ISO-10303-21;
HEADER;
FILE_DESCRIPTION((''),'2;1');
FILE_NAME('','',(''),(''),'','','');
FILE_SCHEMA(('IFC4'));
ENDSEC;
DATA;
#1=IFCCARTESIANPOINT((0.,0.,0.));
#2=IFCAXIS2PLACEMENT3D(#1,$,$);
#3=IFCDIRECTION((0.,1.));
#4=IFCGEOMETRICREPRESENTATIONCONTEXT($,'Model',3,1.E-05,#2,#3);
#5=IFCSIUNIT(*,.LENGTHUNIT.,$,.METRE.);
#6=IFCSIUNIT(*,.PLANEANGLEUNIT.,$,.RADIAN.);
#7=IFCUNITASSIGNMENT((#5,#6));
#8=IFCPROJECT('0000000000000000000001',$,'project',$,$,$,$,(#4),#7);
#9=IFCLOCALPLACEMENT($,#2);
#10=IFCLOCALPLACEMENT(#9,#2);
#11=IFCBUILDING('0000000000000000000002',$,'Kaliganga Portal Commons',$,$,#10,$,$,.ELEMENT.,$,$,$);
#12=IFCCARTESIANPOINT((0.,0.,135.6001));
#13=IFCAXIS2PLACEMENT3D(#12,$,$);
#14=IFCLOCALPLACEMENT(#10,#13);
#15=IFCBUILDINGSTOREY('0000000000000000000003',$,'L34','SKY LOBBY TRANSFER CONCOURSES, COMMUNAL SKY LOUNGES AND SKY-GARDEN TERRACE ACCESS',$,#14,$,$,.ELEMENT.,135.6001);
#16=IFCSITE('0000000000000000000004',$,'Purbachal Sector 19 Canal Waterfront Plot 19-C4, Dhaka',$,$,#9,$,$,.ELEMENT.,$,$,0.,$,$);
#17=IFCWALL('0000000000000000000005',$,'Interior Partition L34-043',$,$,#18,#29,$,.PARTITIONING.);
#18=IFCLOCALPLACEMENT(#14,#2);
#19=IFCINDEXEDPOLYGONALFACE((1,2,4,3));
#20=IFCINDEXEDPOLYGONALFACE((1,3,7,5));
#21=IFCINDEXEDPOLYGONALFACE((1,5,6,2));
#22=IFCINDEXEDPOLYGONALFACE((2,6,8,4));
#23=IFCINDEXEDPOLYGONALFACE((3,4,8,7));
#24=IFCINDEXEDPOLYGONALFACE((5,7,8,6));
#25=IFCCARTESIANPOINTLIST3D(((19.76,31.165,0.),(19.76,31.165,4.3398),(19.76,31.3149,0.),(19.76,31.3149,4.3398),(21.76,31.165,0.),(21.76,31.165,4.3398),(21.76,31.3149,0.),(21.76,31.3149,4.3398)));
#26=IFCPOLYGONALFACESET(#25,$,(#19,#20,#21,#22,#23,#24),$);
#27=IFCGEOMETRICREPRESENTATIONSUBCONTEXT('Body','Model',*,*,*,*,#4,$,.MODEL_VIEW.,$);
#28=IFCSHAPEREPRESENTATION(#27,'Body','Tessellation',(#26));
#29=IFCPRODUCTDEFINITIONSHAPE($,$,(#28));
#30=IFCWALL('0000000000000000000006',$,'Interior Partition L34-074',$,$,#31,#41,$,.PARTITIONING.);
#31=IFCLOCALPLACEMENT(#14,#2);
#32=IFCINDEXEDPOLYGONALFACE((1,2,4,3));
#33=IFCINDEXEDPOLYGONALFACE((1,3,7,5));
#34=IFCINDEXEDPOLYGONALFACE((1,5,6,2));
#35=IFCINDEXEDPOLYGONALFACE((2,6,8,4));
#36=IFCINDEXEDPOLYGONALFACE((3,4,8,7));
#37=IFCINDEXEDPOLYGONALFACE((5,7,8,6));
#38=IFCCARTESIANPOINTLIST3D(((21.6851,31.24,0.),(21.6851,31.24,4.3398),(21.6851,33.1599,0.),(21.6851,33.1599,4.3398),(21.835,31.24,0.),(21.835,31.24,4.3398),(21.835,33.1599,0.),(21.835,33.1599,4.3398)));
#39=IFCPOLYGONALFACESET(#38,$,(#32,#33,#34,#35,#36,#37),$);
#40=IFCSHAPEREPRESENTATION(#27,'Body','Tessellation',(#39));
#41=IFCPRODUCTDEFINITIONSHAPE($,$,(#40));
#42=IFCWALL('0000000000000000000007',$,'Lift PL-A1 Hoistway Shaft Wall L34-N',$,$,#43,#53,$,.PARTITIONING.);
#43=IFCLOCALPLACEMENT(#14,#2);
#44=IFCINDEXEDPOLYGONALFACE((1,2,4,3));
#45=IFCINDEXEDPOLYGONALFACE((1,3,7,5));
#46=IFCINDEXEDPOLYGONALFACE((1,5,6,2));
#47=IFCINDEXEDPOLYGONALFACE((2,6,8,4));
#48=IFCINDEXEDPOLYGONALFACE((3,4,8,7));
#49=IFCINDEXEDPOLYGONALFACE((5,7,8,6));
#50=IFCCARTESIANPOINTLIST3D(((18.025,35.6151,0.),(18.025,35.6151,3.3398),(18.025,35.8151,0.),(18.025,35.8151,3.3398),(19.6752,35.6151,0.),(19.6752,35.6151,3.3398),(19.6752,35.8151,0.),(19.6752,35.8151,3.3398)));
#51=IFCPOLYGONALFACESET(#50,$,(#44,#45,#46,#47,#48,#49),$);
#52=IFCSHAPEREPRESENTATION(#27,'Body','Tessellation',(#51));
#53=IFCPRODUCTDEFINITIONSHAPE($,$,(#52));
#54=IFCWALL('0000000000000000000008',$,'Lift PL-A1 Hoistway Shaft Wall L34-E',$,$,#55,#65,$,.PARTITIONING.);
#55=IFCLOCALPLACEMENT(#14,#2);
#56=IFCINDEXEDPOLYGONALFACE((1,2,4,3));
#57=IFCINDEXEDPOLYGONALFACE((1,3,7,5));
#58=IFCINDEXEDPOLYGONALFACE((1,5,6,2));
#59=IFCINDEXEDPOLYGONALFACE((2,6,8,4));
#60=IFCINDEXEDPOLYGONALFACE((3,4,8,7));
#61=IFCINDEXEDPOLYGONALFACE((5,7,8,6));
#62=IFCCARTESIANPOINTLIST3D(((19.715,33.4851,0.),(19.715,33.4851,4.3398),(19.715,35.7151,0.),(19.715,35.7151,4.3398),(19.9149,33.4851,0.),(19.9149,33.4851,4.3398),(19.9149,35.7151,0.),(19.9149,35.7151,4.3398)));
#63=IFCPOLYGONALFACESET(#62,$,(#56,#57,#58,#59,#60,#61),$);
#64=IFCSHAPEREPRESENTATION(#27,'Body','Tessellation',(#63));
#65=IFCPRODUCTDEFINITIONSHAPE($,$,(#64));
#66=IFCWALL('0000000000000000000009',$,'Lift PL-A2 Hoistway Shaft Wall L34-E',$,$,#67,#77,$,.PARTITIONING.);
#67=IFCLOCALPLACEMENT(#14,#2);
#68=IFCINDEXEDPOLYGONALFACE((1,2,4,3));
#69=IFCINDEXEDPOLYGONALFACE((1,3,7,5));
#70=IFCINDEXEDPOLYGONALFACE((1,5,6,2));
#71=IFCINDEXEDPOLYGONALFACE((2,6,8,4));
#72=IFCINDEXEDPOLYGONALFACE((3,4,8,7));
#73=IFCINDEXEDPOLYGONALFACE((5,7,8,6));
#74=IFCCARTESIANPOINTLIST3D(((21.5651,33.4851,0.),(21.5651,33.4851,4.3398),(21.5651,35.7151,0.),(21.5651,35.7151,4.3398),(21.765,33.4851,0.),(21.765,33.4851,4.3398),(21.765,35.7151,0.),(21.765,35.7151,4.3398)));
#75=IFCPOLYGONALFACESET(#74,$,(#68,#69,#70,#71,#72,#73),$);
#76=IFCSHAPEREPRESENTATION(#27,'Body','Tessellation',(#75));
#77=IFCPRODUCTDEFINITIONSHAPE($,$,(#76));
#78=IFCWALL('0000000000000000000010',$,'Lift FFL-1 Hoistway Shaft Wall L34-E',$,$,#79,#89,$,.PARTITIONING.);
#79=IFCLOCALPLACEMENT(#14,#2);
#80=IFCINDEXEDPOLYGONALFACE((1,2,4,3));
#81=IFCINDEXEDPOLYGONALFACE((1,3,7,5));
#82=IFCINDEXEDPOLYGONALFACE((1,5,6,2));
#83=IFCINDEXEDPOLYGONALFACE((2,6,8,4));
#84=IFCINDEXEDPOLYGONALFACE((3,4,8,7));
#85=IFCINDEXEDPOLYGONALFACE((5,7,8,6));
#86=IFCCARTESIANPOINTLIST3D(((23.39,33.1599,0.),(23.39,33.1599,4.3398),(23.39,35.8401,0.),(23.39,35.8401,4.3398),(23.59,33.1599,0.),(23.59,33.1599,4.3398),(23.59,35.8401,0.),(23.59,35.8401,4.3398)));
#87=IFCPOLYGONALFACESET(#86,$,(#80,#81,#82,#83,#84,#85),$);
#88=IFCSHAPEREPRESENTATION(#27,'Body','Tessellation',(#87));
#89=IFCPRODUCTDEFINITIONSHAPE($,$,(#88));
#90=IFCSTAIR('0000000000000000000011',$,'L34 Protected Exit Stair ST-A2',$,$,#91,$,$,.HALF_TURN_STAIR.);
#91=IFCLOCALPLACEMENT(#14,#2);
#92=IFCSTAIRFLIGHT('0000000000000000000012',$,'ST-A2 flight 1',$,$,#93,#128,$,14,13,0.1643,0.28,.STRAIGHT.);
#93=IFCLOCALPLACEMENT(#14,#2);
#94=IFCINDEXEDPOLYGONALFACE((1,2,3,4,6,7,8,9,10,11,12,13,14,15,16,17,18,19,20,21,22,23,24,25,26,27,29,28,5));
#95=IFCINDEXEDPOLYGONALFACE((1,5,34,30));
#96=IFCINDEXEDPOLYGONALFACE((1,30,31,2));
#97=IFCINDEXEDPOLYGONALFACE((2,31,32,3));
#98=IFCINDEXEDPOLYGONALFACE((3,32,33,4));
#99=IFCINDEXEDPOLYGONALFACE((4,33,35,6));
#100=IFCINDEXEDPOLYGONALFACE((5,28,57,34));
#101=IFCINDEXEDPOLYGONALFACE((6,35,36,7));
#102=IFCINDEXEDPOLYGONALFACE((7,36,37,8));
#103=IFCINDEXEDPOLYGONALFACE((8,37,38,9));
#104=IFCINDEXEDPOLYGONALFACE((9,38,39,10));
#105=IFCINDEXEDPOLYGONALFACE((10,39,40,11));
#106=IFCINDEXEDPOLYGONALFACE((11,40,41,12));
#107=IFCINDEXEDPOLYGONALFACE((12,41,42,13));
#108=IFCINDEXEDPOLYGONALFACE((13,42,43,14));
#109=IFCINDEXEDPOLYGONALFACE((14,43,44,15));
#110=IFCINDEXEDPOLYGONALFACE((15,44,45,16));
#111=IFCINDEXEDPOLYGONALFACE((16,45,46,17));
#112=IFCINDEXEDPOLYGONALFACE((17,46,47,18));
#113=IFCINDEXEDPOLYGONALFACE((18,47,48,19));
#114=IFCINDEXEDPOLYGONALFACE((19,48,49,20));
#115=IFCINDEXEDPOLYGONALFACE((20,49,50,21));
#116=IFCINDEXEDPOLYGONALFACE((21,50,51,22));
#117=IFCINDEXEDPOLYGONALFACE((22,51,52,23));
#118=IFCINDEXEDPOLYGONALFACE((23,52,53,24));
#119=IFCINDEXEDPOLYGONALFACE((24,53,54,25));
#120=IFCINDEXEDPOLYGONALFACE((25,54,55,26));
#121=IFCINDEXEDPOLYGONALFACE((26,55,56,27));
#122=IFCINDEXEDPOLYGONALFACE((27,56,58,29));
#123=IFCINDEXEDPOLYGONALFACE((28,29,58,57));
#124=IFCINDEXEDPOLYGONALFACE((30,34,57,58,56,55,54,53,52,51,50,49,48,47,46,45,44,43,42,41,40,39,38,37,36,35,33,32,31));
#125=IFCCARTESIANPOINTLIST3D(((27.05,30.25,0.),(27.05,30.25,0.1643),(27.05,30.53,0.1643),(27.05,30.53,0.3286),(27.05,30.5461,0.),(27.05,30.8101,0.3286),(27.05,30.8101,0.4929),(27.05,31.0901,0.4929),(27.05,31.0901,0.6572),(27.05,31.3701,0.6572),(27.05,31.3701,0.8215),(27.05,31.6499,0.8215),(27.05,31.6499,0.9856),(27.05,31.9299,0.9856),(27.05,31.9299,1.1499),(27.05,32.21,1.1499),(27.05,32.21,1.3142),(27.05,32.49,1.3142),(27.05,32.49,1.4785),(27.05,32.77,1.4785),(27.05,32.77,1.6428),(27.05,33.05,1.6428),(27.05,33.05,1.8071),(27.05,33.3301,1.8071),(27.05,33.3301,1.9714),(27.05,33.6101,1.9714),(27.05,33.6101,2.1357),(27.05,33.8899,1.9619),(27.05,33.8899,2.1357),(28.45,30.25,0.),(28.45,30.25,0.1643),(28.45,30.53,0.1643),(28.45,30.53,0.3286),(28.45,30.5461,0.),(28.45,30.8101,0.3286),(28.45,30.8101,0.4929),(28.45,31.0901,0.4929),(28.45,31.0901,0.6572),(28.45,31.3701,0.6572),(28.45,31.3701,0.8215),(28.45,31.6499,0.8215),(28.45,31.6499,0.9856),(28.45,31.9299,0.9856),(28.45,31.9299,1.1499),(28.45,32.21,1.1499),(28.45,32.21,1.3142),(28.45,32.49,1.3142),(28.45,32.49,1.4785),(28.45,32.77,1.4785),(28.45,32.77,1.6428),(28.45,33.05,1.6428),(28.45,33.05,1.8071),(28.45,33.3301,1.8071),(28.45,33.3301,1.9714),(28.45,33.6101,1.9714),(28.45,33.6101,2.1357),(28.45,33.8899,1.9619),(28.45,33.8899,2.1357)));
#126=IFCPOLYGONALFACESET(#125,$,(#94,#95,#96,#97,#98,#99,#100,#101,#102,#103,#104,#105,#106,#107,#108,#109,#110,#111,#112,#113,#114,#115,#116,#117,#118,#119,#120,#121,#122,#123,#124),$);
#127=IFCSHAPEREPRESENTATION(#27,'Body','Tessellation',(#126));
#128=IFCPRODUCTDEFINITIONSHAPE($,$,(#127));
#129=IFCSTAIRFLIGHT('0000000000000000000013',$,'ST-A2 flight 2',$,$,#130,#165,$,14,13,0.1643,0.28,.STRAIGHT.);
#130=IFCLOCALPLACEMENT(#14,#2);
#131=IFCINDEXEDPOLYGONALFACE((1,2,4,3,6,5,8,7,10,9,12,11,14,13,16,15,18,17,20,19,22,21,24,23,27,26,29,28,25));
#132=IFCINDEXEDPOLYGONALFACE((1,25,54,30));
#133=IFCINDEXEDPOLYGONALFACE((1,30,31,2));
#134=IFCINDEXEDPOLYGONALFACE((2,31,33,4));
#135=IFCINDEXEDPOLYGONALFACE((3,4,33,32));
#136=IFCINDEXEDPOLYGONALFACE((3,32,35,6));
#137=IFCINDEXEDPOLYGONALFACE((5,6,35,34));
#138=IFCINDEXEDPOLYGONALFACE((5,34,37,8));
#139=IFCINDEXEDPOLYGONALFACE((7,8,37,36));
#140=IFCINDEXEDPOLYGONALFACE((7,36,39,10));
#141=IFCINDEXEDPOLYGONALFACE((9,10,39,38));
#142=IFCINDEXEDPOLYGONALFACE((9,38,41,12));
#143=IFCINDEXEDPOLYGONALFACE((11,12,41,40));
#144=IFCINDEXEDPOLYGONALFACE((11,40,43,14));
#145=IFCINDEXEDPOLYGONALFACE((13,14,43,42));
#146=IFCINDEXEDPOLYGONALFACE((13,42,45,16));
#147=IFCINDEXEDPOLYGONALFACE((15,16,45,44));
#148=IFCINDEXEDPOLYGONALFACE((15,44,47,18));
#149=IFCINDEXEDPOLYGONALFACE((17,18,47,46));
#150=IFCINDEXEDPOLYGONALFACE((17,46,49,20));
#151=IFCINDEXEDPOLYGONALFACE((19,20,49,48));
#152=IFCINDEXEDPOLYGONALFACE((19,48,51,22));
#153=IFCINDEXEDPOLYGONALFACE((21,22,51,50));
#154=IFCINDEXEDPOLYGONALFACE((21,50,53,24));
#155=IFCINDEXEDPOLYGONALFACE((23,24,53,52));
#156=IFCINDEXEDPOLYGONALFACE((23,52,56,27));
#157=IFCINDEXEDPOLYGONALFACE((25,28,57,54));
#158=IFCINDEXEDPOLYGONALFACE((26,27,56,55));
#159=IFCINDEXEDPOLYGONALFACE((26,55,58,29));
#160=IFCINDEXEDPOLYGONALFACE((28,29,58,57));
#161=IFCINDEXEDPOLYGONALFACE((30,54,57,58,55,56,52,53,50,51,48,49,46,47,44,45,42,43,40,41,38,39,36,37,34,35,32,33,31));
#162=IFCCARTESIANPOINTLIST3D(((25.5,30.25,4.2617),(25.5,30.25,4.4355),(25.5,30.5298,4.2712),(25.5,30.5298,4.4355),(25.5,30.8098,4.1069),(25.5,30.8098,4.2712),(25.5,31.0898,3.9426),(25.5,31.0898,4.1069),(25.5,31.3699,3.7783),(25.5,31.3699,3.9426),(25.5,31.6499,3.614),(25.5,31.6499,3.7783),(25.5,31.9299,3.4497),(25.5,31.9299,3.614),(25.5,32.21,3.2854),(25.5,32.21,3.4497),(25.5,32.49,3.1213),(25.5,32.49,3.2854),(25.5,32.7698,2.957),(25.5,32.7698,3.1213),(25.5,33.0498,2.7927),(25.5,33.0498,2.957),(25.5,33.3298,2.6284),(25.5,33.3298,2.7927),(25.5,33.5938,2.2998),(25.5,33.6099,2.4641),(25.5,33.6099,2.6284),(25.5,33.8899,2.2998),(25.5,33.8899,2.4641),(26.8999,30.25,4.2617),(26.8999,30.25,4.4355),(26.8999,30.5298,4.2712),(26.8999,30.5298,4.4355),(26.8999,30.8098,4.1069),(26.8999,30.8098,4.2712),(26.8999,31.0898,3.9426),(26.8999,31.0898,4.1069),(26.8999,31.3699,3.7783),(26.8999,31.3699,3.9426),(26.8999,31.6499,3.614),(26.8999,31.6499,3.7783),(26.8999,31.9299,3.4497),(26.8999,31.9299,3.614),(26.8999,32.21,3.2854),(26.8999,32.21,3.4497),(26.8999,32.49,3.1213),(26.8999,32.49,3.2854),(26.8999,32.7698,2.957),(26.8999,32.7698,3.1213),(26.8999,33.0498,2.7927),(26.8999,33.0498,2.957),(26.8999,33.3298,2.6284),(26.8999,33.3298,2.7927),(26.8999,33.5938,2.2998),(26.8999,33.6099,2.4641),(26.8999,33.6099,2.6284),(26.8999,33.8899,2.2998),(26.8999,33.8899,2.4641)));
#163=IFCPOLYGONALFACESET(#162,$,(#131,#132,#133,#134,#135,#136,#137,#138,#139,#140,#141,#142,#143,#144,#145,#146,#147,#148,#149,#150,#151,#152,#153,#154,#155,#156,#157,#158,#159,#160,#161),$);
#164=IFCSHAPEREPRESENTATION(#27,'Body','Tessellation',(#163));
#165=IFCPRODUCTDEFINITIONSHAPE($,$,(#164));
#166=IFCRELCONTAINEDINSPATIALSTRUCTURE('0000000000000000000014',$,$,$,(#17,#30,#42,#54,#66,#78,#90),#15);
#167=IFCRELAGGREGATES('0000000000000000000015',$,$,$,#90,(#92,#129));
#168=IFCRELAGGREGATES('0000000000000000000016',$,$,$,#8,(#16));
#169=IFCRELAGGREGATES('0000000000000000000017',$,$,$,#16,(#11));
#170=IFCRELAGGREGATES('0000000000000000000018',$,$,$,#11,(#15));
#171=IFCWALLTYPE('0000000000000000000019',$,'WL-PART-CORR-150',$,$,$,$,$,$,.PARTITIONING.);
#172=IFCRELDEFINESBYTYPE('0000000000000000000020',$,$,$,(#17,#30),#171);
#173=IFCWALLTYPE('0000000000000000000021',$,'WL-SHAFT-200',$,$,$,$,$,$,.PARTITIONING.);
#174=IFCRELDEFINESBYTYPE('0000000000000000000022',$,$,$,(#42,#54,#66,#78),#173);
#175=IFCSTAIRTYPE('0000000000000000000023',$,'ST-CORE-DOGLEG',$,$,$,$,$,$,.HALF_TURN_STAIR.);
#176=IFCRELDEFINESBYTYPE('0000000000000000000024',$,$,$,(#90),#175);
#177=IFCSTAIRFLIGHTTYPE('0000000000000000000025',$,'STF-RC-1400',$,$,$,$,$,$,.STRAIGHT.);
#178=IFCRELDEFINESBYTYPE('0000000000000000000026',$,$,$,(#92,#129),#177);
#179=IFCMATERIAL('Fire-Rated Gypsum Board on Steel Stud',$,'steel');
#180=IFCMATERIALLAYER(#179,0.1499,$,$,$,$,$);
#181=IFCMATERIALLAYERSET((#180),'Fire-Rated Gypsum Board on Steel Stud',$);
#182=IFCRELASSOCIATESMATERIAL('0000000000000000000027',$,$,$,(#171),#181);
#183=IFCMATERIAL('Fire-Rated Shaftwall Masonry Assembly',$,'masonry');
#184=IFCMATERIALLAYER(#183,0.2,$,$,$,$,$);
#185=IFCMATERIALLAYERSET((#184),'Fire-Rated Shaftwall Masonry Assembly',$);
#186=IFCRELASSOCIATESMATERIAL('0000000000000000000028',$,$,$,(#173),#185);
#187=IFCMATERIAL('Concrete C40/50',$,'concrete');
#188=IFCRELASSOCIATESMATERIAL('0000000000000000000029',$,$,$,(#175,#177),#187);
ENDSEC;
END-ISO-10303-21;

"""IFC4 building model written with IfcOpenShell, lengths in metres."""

from ifc_helpers import new_model, si_unit, direction, frame, frame_2d, origin, place, context, subcontext, project, spatial, polyline, rectangle, outline, extrude, material, layer, layer_set, type_object, element, aggregate, save


model = new_model("IFC4")

# Units and contexts
model_context = context("Model", 3, precision=1e-05, world=origin(), true_north=direction((0.0, 1.0)))
body_context = subcontext(model_context, "Body", "Model", "MODEL_VIEW")
ifc_project = project(units=[si_unit("LENGTHUNIT", "METRE"), si_unit("PLANEANGLEUNIT", "RADIAN")], contexts=[model_context])

# Site, building, storey
site_placement = place(None, origin())
site = spatial("IfcSite", under=ifc_project, at=site_placement, Name="Purbachal Sector 19 Canal Waterfront Plot 19-C4, Dhaka", CompositionType="ELEMENT", RefElevation=0.0)
building_placement = place(site_placement, origin())
building = spatial("IfcBuilding", under=site, at=building_placement, Name="Kaliganga Portal Commons", CompositionType="ELEMENT")
storey_placement = place(building_placement, frame((0.0, 0.0, 135.6001)))
storey = spatial("IfcBuildingStorey", under=building, at=storey_placement, Name="L34", Description="SKY LOBBY TRANSFER CONCOURSES, COMMUNAL SKY LOUNGES AND SKY-GARDEN TERRACE ACCESS", CompositionType="ELEMENT", Elevation=135.6001)

# Walls
ifc_material_1 = material(Name="Fire-Rated Gypsum Board on Steel Stud", Category="steel")
ifc_layer_1 = layer(ifc_material_1, 0.1499)
ifc_layer_set_1 = layer_set([ifc_layer_1], Name="Fire-Rated Gypsum Board on Steel Stud")
wall_type_1 = type_object("IfcWallType", Name="WL-PART-CORR-150", PredefinedType="PARTITIONING", material=ifc_layer_set_1)
wall_1_placement = place(storey_placement, frame((19.76, 31.24, 0.0), z_axis=(0.0, 0.0, 1.0), x_axis=(1.0, 0.0, 0.0)))
element("IfcWall", 1, at=wall_1_placement, inside=storey, type_object=wall_type_1, Name="Interior Partition L34-043", PredefinedType="PARTITIONING", context=body_context, shape_type="SweptSolid", body=[
    extrude(rectangle(XDim=2.0, YDim=0.1499, at=frame_2d((1.0, 0.0))), origin(), (0.0, 0.0, 1.0), 4.3398),
])
wall_2_placement = place(storey_placement, frame((21.76, 31.24, 0.0), z_axis=(0.0, 0.0, 1.0), x_axis=(0.0, 1.0, 0.0)))
element("IfcWall", 2, at=wall_2_placement, inside=storey, type_object=wall_type_1, Name="Interior Partition L34-074", PredefinedType="PARTITIONING", context=body_context, shape_type="SweptSolid", body=[
    extrude(rectangle(XDim=1.9199, YDim=0.1499, at=frame_2d((0.96, 0.0))), origin(), (0.0, 0.0, 1.0), 4.3398),
])

# Shared definitions
ifc_material_2 = material(Name="Fire-Rated Shaftwall Masonry Assembly", Category="masonry")
ifc_layer_2 = layer(ifc_material_2, 0.2)
ifc_layer_set_2 = layer_set([ifc_layer_2], Name="Fire-Rated Shaftwall Masonry Assembly")
wall_type_2 = type_object("IfcWallType", Name="WL-SHAFT-200", PredefinedType="PARTITIONING", material=ifc_layer_set_2)

# Walls
wall_3_placement = place(storey_placement, frame((18.0249, 35.7151, 0.0), z_axis=(0.0, 0.0, 1.0), x_axis=(1.0, 0.0, 0.0)))
element("IfcWall", 3, at=wall_3_placement, inside=storey, type_object=wall_type_2, Name="Lift PL-A1 Hoistway Shaft Wall L34-N", PredefinedType="PARTITIONING", context=body_context, shape_type="SweptSolid", body=[
    extrude(rectangle(XDim=1.6501, YDim=0.2, at=frame_2d((0.8252, 0.0))), origin(), (0.0, 0.0, 1.0), 3.3398),
])
wall_4_placement = place(storey_placement, frame((19.8149, 33.4851, 0.0), z_axis=(0.0, 0.0, 1.0), x_axis=(0.0, 1.0, 0.0)))
element("IfcWall", 4, at=wall_4_placement, inside=storey, type_object=wall_type_2, Name="Lift PL-A1 Hoistway Shaft Wall L34-E", PredefinedType="PARTITIONING", context=body_context, shape_type="SweptSolid", body=[
    extrude(rectangle(XDim=2.23, YDim=0.2, at=frame_2d((1.115, 0.0))), origin(), (0.0, 0.0, 1.0), 4.3398),
])

# Wall
wall_5_placement = place(storey_placement, frame((21.665, 33.4851, 0.0), z_axis=(0.0, 0.0, 1.0), x_axis=(0.0, 1.0, 0.0)))
element("IfcWall", 5, at=wall_5_placement, inside=storey, type_object=wall_type_2, Name="Lift PL-A2 Hoistway Shaft Wall L34-E", PredefinedType="PARTITIONING", context=body_context, shape_type="SweptSolid", body=[
    extrude(rectangle(XDim=2.23, YDim=0.2, at=frame_2d((1.115, 0.0))), origin(), (0.0, 0.0, 1.0), 4.3398),
])

# Wall
wall_6_placement = place(storey_placement, frame((23.49, 33.1599, 0.0), z_axis=(0.0, 0.0, 1.0), x_axis=(0.0, 1.0, 0.0)))
element("IfcWall", 6, at=wall_6_placement, inside=storey, type_object=wall_type_2, Name="Lift FFL-1 Hoistway Shaft Wall L34-E", PredefinedType="PARTITIONING", context=body_context, shape_type="SweptSolid", body=[
    extrude(rectangle(XDim=2.6802, YDim=0.2, at=frame_2d((1.3401, 0.0))), origin(), (0.0, 0.0, 1.0), 4.3398),
])

# Stair, stair flights
ifc_material_3 = material(Name="Concrete C40/50", Category="concrete")
stair_type = type_object("IfcStairType", Name="ST-CORE-DOGLEG", PredefinedType="HALF_TURN_STAIR", material=ifc_material_3)
stair_placement = place(storey_placement, origin())
stair = element("IfcStair", 7, at=stair_placement, inside=storey, type_object=stair_type, Name="L34 Protected Exit Stair ST-A2", PredefinedType="HALF_TURN_STAIR")
stair_flight_type = type_object("IfcStairFlightType", Name="STF-RC-1400", PredefinedType="STRAIGHT", material=ifc_material_3)
stair_flight_1_placement = place(storey_placement, frame((27.75, 30.25, 0.0), z_axis=(0.0, 0.0, 1.0), x_axis=(0.0, 1.0, 0.0)))
stair_flight_1 = element("IfcStairFlight", 8, at=stair_flight_1_placement, type_object=stair_flight_type, Name="ST-A2 flight 1", NumberOfRisers=14, NumberOfTreads=13, PredefinedType="STRAIGHT", RiserHeight=0.1643, TreadLength=0.28, context=body_context, shape_type="SweptSolid", body=[
    extrude(outline(polyline([(0.0, 0.0), (0.0, 0.1643), (0.28, 0.1643), (0.28, 0.3286), (0.5601, 0.3286), (0.5601, 0.4929), (0.8401, 0.4929), (0.8401, 0.6572), (1.1201, 0.6572), (1.1201, 0.8215), (1.3999, 0.8215), (1.3999, 0.9856), (1.6799, 0.9856), (1.6799, 1.1499), (1.96, 1.1499), (1.96, 1.3142), (2.24, 1.3142), (2.24, 1.4785), (2.52, 1.4785), (2.52, 1.6428), (2.8, 1.6428), (2.8, 1.8071), (3.0801, 1.8071), (3.0801, 1.9714), (3.3601, 1.9714), (3.3601, 2.1357), (3.6399, 2.1357), (3.6399, 2.3), (3.6399, 1.9619), (0.2961, 0.0), (0.0, 0.0)])), frame((0.0, 0.7, 0.0), z_axis=(0.0, -1.0, 0.0), x_axis=(1.0, 0.0, 0.0)), (0.0, 0.0, 1.0), 1.3999),
])
stair_flight_2_placement = place(storey_placement, frame((26.2, 33.8899, 2.2998), z_axis=(0.0, 0.0, 1.0), x_axis=(0.0, -1.0, 0.0)))
stair_flight_2 = element("IfcStairFlight", 9, at=stair_flight_2_placement, type_object=stair_flight_type, Name="ST-A2 flight 2", NumberOfRisers=14, NumberOfTreads=13, PredefinedType="STRAIGHT", RiserHeight=0.1643, TreadLength=0.28, context=body_context, shape_type="SweptSolid", body=[
    extrude(outline(polyline([(0.0, 0.0), (0.0, 0.1643), (0.28, 0.1643), (0.28, 0.3286), (0.5601, 0.3286), (0.5601, 0.4929), (0.8401, 0.4929), (0.8401, 0.6572), (1.1201, 0.6572), (1.1201, 0.8215), (1.3999, 0.8215), (1.3999, 0.9856), (1.6799, 0.9856), (1.6799, 1.1499), (1.96, 1.1499), (1.96, 1.3142), (2.24, 1.3142), (2.24, 1.4785), (2.52, 1.4785), (2.52, 1.6428), (2.8, 1.6428), (2.8, 1.8071), (3.0801, 1.8071), (3.0801, 1.9714), (3.3601, 1.9714), (3.3601, 2.1357), (3.6399, 2.1357), (3.6399, 2.3), (3.6399, 1.9619), (0.2961, 0.0), (0.0, 0.0)])), frame((0.0, 0.7, 0.0), z_axis=(0.0, -1.0, 0.0), x_axis=(1.0, 0.0, 0.0)), (0.0, 0.0, 1.0), 1.3999),
])
aggregate(stair, [stair_flight_1, stair_flight_2])

save(model, "model.ifc")
